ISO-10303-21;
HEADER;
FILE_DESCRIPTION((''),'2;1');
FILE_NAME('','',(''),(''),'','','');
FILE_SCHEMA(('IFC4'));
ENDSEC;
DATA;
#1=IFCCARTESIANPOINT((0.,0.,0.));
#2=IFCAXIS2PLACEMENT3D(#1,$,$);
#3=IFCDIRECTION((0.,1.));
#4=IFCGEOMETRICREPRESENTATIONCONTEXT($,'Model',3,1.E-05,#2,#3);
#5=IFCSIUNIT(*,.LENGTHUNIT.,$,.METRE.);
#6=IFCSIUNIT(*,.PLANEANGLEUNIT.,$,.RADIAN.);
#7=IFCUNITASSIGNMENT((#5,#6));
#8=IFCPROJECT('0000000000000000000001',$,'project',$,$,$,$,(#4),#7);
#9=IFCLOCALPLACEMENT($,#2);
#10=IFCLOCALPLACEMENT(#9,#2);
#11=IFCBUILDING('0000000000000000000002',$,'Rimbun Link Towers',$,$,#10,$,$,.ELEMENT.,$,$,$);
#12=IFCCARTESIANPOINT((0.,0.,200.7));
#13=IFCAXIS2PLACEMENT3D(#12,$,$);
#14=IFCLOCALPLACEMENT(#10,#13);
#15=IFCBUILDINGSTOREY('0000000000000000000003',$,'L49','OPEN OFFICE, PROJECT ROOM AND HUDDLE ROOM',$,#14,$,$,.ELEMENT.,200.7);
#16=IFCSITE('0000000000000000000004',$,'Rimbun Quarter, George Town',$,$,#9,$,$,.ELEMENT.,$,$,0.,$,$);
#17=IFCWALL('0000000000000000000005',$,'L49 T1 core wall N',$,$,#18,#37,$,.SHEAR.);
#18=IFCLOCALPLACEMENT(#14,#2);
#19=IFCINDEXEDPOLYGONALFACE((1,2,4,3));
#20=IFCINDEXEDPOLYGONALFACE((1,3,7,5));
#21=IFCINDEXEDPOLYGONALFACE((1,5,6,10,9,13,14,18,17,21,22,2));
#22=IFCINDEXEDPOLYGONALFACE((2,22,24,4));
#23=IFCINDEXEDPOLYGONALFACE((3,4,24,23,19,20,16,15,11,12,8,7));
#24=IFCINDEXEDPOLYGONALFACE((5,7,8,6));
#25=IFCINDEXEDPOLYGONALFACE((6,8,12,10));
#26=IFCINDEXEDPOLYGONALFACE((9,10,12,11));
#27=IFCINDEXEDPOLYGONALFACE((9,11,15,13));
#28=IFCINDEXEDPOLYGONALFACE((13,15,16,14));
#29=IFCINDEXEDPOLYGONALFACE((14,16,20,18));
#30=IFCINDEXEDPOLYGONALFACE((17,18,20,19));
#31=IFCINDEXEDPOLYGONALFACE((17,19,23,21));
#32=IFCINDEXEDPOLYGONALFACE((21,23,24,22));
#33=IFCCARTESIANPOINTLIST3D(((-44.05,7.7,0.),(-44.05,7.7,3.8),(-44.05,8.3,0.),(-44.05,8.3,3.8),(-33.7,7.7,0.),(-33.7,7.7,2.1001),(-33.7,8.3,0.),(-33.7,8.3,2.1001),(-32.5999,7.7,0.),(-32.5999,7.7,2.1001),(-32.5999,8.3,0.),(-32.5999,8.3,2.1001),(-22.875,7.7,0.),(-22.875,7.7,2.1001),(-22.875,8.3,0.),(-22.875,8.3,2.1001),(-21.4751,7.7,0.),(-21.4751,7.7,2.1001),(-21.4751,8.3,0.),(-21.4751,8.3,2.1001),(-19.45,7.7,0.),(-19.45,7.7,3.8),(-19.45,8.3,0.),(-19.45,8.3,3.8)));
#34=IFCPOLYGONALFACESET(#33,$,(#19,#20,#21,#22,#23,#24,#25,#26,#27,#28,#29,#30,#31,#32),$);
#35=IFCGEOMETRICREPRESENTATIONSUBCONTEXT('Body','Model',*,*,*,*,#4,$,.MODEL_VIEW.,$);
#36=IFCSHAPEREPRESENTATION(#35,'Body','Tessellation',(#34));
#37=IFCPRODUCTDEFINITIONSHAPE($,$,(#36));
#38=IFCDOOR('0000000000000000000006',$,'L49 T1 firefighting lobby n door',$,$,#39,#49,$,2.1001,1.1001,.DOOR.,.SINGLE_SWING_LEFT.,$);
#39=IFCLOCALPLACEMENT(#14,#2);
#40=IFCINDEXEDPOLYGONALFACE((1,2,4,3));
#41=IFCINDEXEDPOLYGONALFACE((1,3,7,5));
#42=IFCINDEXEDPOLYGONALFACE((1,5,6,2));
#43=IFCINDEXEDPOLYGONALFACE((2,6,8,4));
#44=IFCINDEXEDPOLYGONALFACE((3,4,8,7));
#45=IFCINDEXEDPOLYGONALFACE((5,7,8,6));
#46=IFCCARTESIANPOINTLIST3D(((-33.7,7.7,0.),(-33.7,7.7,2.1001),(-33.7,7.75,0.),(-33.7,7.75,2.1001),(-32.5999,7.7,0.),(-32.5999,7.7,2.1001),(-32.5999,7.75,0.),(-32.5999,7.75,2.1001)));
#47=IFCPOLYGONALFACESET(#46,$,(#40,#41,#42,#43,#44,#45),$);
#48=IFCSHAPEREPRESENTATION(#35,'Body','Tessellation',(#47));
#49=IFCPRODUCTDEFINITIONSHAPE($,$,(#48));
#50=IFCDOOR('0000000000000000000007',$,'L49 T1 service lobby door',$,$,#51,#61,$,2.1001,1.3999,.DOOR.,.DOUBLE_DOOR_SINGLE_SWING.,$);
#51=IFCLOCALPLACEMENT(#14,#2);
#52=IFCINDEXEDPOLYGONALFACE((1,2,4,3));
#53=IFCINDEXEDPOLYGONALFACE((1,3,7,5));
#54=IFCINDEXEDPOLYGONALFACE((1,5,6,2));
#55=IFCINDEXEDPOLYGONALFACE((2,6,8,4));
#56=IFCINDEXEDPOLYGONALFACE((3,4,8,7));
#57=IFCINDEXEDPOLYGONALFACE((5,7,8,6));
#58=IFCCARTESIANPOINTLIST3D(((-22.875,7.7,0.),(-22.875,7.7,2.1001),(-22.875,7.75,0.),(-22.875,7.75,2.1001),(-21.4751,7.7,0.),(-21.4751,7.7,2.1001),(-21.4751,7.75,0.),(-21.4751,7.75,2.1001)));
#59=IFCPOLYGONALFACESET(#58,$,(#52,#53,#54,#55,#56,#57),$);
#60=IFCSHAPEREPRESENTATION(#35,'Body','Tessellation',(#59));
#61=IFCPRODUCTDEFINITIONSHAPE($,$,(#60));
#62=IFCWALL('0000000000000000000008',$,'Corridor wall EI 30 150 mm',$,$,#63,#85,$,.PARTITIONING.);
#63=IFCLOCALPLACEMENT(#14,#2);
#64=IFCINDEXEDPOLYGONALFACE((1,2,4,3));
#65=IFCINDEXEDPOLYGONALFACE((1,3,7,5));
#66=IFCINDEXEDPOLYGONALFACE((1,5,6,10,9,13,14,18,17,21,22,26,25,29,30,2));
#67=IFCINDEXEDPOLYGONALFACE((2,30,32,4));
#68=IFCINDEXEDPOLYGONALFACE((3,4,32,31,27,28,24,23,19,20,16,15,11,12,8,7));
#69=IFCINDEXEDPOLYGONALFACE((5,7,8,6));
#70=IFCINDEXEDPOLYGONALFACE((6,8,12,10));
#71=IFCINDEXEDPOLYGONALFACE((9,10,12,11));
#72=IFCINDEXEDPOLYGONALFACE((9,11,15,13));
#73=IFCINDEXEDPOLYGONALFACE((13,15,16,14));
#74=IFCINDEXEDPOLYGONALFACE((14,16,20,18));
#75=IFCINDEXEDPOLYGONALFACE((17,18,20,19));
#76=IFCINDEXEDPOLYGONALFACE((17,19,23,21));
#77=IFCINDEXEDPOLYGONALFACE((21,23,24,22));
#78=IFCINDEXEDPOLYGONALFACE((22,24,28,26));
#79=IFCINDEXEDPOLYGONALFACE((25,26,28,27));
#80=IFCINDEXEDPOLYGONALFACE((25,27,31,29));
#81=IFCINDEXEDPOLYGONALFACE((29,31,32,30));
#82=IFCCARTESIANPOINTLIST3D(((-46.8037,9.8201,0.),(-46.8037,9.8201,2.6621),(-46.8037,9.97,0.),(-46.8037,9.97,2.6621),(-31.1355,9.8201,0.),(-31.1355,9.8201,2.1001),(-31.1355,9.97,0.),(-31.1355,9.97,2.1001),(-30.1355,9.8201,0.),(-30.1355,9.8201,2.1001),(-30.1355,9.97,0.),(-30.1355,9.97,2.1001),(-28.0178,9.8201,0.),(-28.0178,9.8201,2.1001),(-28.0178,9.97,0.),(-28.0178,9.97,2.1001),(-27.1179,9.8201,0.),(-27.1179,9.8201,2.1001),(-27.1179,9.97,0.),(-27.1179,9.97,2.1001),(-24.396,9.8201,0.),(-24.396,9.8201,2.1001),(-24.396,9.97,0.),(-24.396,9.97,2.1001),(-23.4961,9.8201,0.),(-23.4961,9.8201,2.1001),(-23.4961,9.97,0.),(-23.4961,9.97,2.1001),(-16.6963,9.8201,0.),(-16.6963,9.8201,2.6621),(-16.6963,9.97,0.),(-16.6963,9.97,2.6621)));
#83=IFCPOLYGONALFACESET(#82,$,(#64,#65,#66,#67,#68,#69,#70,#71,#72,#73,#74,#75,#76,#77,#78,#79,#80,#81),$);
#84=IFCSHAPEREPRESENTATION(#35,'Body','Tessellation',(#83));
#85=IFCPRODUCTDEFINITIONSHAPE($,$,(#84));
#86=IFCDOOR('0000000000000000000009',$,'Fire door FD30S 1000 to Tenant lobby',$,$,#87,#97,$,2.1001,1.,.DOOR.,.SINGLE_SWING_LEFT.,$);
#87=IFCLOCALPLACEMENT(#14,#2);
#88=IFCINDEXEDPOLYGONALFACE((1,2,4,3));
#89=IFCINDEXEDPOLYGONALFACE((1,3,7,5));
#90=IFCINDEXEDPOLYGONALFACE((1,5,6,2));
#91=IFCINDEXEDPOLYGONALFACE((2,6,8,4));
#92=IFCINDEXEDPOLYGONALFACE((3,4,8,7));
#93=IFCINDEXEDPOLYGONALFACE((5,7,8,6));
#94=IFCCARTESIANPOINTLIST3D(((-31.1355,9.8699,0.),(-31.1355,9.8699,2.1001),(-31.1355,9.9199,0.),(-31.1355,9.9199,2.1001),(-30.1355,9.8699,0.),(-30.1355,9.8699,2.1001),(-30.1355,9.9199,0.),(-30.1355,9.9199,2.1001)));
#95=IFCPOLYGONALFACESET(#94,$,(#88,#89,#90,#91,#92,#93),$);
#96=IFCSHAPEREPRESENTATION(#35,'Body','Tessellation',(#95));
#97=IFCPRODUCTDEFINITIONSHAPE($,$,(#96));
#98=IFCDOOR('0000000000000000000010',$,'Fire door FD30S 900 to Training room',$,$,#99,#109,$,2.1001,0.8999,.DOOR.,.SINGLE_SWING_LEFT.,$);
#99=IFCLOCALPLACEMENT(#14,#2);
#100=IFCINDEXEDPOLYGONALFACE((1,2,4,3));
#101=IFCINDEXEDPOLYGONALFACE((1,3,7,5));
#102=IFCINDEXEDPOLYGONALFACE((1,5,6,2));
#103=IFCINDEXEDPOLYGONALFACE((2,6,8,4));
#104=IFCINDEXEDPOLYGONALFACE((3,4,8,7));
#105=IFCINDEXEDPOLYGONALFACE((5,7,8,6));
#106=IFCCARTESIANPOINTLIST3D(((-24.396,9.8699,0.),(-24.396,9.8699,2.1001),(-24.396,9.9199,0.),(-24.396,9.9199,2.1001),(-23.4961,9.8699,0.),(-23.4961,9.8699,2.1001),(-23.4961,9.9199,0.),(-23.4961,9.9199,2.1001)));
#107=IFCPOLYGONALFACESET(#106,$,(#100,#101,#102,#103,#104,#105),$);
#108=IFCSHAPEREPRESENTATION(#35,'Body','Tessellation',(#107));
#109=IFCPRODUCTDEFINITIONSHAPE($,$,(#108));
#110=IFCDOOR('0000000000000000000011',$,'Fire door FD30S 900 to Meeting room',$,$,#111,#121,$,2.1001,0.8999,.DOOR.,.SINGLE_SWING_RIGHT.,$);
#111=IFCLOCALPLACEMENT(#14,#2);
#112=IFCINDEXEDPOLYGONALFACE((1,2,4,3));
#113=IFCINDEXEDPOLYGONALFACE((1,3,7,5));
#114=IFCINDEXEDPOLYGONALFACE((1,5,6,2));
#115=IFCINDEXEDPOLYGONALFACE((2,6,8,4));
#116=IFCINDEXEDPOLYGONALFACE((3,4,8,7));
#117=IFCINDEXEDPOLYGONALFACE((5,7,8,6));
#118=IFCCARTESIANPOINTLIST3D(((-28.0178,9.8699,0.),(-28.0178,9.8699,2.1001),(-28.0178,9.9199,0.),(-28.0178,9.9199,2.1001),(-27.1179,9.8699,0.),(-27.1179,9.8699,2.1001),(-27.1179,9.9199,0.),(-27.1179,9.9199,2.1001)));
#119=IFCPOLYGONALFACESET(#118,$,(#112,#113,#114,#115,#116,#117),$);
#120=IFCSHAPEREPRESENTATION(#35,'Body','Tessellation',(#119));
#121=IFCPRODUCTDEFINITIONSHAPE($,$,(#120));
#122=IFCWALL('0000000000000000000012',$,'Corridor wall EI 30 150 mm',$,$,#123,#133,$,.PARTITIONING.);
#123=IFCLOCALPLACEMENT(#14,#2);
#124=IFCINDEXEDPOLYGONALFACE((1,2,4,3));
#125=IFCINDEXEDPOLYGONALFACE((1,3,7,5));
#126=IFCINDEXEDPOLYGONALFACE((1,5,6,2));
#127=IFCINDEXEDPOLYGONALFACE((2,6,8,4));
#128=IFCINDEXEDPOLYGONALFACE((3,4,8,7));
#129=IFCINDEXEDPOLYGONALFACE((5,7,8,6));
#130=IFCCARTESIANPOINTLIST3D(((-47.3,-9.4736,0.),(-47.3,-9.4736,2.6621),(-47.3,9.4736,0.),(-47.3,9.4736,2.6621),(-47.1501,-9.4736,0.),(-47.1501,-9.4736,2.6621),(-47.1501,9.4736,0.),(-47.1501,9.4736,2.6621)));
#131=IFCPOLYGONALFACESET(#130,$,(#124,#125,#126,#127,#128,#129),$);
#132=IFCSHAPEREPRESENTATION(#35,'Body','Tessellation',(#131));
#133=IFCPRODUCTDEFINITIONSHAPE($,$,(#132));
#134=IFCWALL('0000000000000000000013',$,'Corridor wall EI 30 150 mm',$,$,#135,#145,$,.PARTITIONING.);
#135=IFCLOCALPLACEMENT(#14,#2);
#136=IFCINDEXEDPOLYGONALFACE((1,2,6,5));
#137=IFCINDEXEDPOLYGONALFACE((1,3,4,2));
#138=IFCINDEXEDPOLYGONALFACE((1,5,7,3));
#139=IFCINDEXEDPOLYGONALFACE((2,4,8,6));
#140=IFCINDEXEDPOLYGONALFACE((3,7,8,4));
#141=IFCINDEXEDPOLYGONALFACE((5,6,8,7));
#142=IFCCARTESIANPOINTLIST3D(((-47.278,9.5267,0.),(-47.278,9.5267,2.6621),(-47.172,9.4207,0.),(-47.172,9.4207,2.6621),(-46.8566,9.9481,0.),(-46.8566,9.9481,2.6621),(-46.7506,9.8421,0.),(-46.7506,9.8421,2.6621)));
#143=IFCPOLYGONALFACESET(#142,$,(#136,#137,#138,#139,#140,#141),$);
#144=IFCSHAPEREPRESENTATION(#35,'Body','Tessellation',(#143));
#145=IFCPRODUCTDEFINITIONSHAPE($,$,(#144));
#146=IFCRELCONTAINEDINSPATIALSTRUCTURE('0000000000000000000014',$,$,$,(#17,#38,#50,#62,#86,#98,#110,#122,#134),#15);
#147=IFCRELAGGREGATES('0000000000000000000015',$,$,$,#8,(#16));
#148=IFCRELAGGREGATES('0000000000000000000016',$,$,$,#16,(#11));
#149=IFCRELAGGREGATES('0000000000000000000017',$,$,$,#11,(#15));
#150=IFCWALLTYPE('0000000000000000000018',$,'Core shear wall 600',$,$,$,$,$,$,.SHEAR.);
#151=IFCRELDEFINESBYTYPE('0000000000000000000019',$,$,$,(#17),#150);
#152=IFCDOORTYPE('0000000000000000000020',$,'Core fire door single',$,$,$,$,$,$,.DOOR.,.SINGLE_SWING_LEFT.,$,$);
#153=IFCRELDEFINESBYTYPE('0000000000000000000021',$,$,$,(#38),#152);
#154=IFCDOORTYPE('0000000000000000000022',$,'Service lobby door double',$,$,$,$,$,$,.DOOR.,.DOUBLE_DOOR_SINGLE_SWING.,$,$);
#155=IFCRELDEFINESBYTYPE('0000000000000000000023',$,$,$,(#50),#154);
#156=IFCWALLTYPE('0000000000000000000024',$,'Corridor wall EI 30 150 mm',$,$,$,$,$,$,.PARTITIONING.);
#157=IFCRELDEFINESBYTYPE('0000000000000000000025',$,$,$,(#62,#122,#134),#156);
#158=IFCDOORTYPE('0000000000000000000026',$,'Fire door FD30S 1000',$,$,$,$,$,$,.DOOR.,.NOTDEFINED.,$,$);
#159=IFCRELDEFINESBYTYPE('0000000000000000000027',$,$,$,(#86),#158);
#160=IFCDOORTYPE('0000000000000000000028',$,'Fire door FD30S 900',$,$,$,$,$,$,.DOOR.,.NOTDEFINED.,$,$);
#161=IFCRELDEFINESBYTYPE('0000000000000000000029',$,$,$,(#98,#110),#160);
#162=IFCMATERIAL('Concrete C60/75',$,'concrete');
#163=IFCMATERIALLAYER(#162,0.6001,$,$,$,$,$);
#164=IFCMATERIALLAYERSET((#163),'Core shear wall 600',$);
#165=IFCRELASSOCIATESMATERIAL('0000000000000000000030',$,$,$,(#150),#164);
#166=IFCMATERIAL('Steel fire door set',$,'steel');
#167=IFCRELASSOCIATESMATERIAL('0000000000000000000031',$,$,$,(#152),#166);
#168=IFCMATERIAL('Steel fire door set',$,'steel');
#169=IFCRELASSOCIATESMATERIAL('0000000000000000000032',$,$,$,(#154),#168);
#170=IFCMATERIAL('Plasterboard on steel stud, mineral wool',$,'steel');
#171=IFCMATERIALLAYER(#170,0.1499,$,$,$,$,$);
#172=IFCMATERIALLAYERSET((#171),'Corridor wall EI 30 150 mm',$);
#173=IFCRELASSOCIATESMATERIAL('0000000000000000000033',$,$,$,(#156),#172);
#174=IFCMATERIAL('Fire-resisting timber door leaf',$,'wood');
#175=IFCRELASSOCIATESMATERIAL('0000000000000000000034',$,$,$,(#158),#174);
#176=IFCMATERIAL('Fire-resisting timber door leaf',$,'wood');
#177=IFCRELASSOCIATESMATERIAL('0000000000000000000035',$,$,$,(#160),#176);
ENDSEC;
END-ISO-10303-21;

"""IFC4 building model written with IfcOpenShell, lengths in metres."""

from ifc_helpers import new_model, si_unit, direction, frame, frame_2d, origin, place, context, subcontext, project, spatial, rectangle, extrude, material, layer, layer_set, type_object, element, fill, save


model = new_model("IFC4")

# Units and contexts
model_context = context("Model", 3, precision=1e-05, world=origin(), true_north=direction((0.0, 1.0)))
body_context = subcontext(model_context, "Body", "Model", "MODEL_VIEW")
ifc_project = project(units=[si_unit("LENGTHUNIT", "METRE"), si_unit("PLANEANGLEUNIT", "RADIAN")], contexts=[model_context])

# Site, building, storey
site_placement = place(None, origin())
site = spatial("IfcSite", under=ifc_project, at=site_placement, Name="Rimbun Quarter, George Town", CompositionType="ELEMENT", RefElevation=0.0)
building_placement = place(site_placement, origin())
building = spatial("IfcBuilding", under=site, at=building_placement, Name="Rimbun Link Towers", CompositionType="ELEMENT")
storey_placement = place(building_placement, frame((0.0, 0.0, 200.7)))
storey = spatial("IfcBuildingStorey", under=building, at=storey_placement, Name="L49", Description="OPEN OFFICE, PROJECT ROOM AND HUDDLE ROOM", CompositionType="ELEMENT", Elevation=200.7)

# Walls, openings, doors
ifc_material_1 = material(Name="Concrete C60/75", Category="concrete")
ifc_layer_1 = layer(ifc_material_1, 0.6001)
ifc_layer_set_1 = layer_set([ifc_layer_1], Name="Core shear wall 600")
wall_type_1 = type_object("IfcWallType", Name="Core shear wall 600", PredefinedType="SHEAR", material=ifc_layer_set_1)
wall_1_placement = place(storey_placement, frame((-44.05, 8.0, 0.0), z_axis=(0.0, 0.0, 1.0), x_axis=(1.0, 0.0, 0.0)))
wall_1 = element("IfcWall", 1, at=wall_1_placement, inside=storey, type_object=wall_type_1, Name="L49 T1 core wall N", PredefinedType="SHEAR", context=body_context, shape_type="SweptSolid", body=[
    extrude(rectangle(XDim=24.6001, YDim=0.6001, at=frame_2d((12.3, 0.0))), origin(), (0.0, 0.0, 1.0), 3.8),
])
opening_1_placement = place(wall_1_placement, frame((10.3501, 0.0, 0.0)))
opening_1 = element("IfcOpeningElement", 2, at=opening_1_placement, cuts=wall_1, PredefinedType="OPENING", context=body_context, shape_type="SweptSolid", body=[
    extrude(rectangle(XDim=1.1001, YDim=2.1001, at=frame_2d((0.55, 1.05))), frame((0.0, 0.3101, 0.0), z_axis=(0.0, -1.0, 0.0), x_axis=(1.0, 0.0, 0.0)), (0.0, 0.0, 1.0), 0.6201),
])
opening_2_placement = place(wall_1_placement, frame((21.175, 0.0, 0.0)))
opening_2 = element("IfcOpeningElement", 3, at=opening_2_placement, cuts=wall_1, PredefinedType="OPENING", context=body_context, shape_type="SweptSolid", body=[
    extrude(rectangle(XDim=1.3999, YDim=2.1001, at=frame_2d((0.7, 1.05))), frame((0.0, 0.3101, 0.0), z_axis=(0.0, -1.0, 0.0), x_axis=(1.0, 0.0, 0.0)), (0.0, 0.0, 1.0), 0.6201),
])
ifc_material_2 = material(Name="Steel fire door set", Category="steel")
door_type_1 = type_object("IfcDoorType", Name="Core fire door single", OperationType="SINGLE_SWING_LEFT", PredefinedType="DOOR", material=ifc_material_2)
door_1_placement = place(opening_1_placement, origin())
door_1 = element("IfcDoor", 4, at=door_1_placement, inside=storey, type_object=door_type_1, Name="L49 T1 firefighting lobby n door", OperationType="SINGLE_SWING_LEFT", OverallHeight=2.1001, OverallWidth=1.1001, PredefinedType="DOOR", context=body_context, shape_type="SweptSolid", body=[
    extrude(rectangle(XDim=1.1001, YDim=2.1001, at=frame_2d((0.55, 1.05))), frame((0.0, -0.25, 0.0), z_axis=(0.0, -1.0, 0.0), x_axis=(1.0, 0.0, 0.0)), (0.0, 0.0, 1.0), 0.05),
])
fill(opening_1, door_1)
ifc_material_3 = material(Name="Steel fire door set", Category="steel")
door_type_2 = type_object("IfcDoorType", Name="Service lobby door double", OperationType="DOUBLE_DOOR_SINGLE_SWING", PredefinedType="DOOR", material=ifc_material_3)
door_2_placement = place(opening_2_placement, origin())
door_2 = element("IfcDoor", 5, at=door_2_placement, inside=storey, type_object=door_type_2, Name="L49 T1 service lobby door", OperationType="DOUBLE_DOOR_SINGLE_SWING", OverallHeight=2.1001, OverallWidth=1.3999, PredefinedType="DOOR", context=body_context, shape_type="SweptSolid", body=[
    extrude(rectangle(XDim=1.3999, YDim=2.1001, at=frame_2d((0.7, 1.05))), frame((0.0, -0.25, 0.0), z_axis=(0.0, -1.0, 0.0), x_axis=(1.0, 0.0, 0.0)), (0.0, 0.0, 1.0), 0.05),
])
fill(opening_2, door_2)
ifc_material_4 = material(Name="Plasterboard on steel stud, mineral wool", Category="steel")
ifc_layer_2 = layer(ifc_material_4, 0.1499)
ifc_layer_set_2 = layer_set([ifc_layer_2], Name="Corridor wall EI 30 150 mm")
wall_type_2 = type_object("IfcWallType", Name="Corridor wall EI 30 150 mm", PredefinedType="PARTITIONING", material=ifc_layer_set_2)
wall_2_placement = place(storey_placement, frame((-46.8037, 9.895, 0.0), z_axis=(0.0, 0.0, 1.0), x_axis=(1.0, 0.0, 0.0)))
wall_2 = element("IfcWall", 6, at=wall_2_placement, inside=storey, type_object=wall_type_2, Name="Corridor wall EI 30 150 mm", PredefinedType="PARTITIONING", context=body_context, shape_type="SweptSolid", body=[
    extrude(rectangle(XDim=30.1074, YDim=0.1499, at=frame_2d((15.0537, 0.0))), origin(), (0.0, 0.0, 1.0), 2.6621),
])
opening_3_placement = place(wall_2_placement, frame((22.4077, 0.0, 0.0)))
opening_3 = element("IfcOpeningElement", 7, at=opening_3_placement, cuts=wall_2, PredefinedType="OPENING", context=body_context, shape_type="SweptSolid", body=[
    extrude(rectangle(XDim=0.8999, YDim=2.1001, at=frame_2d((0.45, 1.05))), frame((0.0, 0.085, 0.0), z_axis=(0.0, -1.0, 0.0), x_axis=(1.0, 0.0, 0.0)), (0.0, 0.0, 1.0), 0.1699),
])
opening_4_placement = place(wall_2_placement, frame((18.7859, 0.0, 0.0)))
opening_4 = element("IfcOpeningElement", 8, at=opening_4_placement, cuts=wall_2, PredefinedType="OPENING", context=body_context, shape_type="SweptSolid", body=[
    extrude(rectangle(XDim=0.8999, YDim=2.1001, at=frame_2d((0.45, 1.05))), frame((0.0, 0.085, 0.0), z_axis=(0.0, -1.0, 0.0), x_axis=(1.0, 0.0, 0.0)), (0.0, 0.0, 1.0), 0.1699),
])
opening_5_placement = place(wall_2_placement, frame((15.6682, 0.0, 0.0)))
opening_5 = element("IfcOpeningElement", 9, at=opening_5_placement, cuts=wall_2, PredefinedType="OPENING", context=body_context, shape_type="SweptSolid", body=[
    extrude(rectangle(XDim=1.0, YDim=2.1001, at=frame_2d((0.5, 1.05))), frame((0.0, 0.085, 0.0), z_axis=(0.0, -1.0, 0.0), x_axis=(1.0, 0.0, 0.0)), (0.0, 0.0, 1.0), 0.1699),
])
ifc_material_5 = material(Name="Fire-resisting timber door leaf", Category="wood")
door_type_3 = type_object("IfcDoorType", Name="Fire door FD30S 1000", OperationType="NOTDEFINED", PredefinedType="DOOR", material=ifc_material_5)
door_3_placement = place(opening_5_placement, origin())
door_3 = element("IfcDoor", 10, at=door_3_placement, inside=storey, type_object=door_type_3, Name="Fire door FD30S 1000 to Tenant lobby", OperationType="SINGLE_SWING_LEFT", OverallHeight=2.1001, OverallWidth=1.0, PredefinedType="DOOR", context=body_context, shape_type="SweptSolid", body=[
    extrude(rectangle(XDim=1.0, YDim=2.1001, at=frame_2d((0.5, 1.05))), frame((0.0, 0.0249, 0.0), z_axis=(0.0, -1.0, 0.0), x_axis=(1.0, 0.0, 0.0)), (0.0, 0.0, 1.0), 0.05),
])
fill(opening_5, door_3)
ifc_material_6 = material(Name="Fire-resisting timber door leaf", Category="wood")
door_type_4 = type_object("IfcDoorType", Name="Fire door FD30S 900", OperationType="NOTDEFINED", PredefinedType="DOOR", material=ifc_material_6)
door_4_placement = place(opening_3_placement, origin())
door_4 = element("IfcDoor", 11, at=door_4_placement, inside=storey, type_object=door_type_4, Name="Fire door FD30S 900 to Training room", OperationType="SINGLE_SWING_LEFT", OverallHeight=2.1001, OverallWidth=0.8999, PredefinedType="DOOR", context=body_context, shape_type="SweptSolid", body=[
    extrude(rectangle(XDim=0.8999, YDim=2.1001, at=frame_2d((0.45, 1.05))), frame((0.0, 0.0249, 0.0), z_axis=(0.0, -1.0, 0.0), x_axis=(1.0, 0.0, 0.0)), (0.0, 0.0, 1.0), 0.05),
])
fill(opening_3, door_4)
door_5_placement = place(opening_4_placement, origin())
door_5 = element("IfcDoor", 12, at=door_5_placement, inside=storey, type_object=door_type_4, Name="Fire door FD30S 900 to Meeting room", OperationType="SINGLE_SWING_RIGHT", OverallHeight=2.1001, OverallWidth=0.8999, PredefinedType="DOOR", context=body_context, shape_type="SweptSolid", body=[
    extrude(rectangle(XDim=0.8999, YDim=2.1001, at=frame_2d((0.45, 1.05))), frame((0.0, 0.0249, 0.0), z_axis=(0.0, -1.0, 0.0), x_axis=(1.0, 0.0, 0.0)), (0.0, 0.0, 1.0), 0.05),
])
fill(opening_4, door_5)

# Walls
wall_3_placement = place(storey_placement, frame((-47.2251, 9.4736, 0.0), z_axis=(0.0, 0.0, 1.0), x_axis=(0.0, -1.0, 0.0)))
element("IfcWall", 13, at=wall_3_placement, inside=storey, type_object=wall_type_2, Name="Corridor wall EI 30 150 mm", PredefinedType="PARTITIONING", context=body_context, shape_type="SweptSolid", body=[
    extrude(rectangle(XDim=18.9473, YDim=0.1499, at=frame_2d((9.4736, 0.0))), origin(), (0.0, 0.0, 1.0), 2.6621),
])
wall_4_placement = place(storey_placement, frame((-46.8037, 9.895, 0.0), z_axis=(0.0, 0.0, 1.0), x_axis=(-0.707107, -0.707107, 0.0)))
element("IfcWall", 14, at=wall_4_placement, inside=storey, type_object=wall_type_2, Name="Corridor wall EI 30 150 mm", PredefinedType="PARTITIONING", context=body_context, shape_type="SweptSolid", body=[
    extrude(rectangle(XDim=0.5959, YDim=0.1499, at=frame_2d((0.2979, 0.0))), origin(), (0.0, 0.0, 1.0), 2.6621),
])

save(model, "model.ifc")
